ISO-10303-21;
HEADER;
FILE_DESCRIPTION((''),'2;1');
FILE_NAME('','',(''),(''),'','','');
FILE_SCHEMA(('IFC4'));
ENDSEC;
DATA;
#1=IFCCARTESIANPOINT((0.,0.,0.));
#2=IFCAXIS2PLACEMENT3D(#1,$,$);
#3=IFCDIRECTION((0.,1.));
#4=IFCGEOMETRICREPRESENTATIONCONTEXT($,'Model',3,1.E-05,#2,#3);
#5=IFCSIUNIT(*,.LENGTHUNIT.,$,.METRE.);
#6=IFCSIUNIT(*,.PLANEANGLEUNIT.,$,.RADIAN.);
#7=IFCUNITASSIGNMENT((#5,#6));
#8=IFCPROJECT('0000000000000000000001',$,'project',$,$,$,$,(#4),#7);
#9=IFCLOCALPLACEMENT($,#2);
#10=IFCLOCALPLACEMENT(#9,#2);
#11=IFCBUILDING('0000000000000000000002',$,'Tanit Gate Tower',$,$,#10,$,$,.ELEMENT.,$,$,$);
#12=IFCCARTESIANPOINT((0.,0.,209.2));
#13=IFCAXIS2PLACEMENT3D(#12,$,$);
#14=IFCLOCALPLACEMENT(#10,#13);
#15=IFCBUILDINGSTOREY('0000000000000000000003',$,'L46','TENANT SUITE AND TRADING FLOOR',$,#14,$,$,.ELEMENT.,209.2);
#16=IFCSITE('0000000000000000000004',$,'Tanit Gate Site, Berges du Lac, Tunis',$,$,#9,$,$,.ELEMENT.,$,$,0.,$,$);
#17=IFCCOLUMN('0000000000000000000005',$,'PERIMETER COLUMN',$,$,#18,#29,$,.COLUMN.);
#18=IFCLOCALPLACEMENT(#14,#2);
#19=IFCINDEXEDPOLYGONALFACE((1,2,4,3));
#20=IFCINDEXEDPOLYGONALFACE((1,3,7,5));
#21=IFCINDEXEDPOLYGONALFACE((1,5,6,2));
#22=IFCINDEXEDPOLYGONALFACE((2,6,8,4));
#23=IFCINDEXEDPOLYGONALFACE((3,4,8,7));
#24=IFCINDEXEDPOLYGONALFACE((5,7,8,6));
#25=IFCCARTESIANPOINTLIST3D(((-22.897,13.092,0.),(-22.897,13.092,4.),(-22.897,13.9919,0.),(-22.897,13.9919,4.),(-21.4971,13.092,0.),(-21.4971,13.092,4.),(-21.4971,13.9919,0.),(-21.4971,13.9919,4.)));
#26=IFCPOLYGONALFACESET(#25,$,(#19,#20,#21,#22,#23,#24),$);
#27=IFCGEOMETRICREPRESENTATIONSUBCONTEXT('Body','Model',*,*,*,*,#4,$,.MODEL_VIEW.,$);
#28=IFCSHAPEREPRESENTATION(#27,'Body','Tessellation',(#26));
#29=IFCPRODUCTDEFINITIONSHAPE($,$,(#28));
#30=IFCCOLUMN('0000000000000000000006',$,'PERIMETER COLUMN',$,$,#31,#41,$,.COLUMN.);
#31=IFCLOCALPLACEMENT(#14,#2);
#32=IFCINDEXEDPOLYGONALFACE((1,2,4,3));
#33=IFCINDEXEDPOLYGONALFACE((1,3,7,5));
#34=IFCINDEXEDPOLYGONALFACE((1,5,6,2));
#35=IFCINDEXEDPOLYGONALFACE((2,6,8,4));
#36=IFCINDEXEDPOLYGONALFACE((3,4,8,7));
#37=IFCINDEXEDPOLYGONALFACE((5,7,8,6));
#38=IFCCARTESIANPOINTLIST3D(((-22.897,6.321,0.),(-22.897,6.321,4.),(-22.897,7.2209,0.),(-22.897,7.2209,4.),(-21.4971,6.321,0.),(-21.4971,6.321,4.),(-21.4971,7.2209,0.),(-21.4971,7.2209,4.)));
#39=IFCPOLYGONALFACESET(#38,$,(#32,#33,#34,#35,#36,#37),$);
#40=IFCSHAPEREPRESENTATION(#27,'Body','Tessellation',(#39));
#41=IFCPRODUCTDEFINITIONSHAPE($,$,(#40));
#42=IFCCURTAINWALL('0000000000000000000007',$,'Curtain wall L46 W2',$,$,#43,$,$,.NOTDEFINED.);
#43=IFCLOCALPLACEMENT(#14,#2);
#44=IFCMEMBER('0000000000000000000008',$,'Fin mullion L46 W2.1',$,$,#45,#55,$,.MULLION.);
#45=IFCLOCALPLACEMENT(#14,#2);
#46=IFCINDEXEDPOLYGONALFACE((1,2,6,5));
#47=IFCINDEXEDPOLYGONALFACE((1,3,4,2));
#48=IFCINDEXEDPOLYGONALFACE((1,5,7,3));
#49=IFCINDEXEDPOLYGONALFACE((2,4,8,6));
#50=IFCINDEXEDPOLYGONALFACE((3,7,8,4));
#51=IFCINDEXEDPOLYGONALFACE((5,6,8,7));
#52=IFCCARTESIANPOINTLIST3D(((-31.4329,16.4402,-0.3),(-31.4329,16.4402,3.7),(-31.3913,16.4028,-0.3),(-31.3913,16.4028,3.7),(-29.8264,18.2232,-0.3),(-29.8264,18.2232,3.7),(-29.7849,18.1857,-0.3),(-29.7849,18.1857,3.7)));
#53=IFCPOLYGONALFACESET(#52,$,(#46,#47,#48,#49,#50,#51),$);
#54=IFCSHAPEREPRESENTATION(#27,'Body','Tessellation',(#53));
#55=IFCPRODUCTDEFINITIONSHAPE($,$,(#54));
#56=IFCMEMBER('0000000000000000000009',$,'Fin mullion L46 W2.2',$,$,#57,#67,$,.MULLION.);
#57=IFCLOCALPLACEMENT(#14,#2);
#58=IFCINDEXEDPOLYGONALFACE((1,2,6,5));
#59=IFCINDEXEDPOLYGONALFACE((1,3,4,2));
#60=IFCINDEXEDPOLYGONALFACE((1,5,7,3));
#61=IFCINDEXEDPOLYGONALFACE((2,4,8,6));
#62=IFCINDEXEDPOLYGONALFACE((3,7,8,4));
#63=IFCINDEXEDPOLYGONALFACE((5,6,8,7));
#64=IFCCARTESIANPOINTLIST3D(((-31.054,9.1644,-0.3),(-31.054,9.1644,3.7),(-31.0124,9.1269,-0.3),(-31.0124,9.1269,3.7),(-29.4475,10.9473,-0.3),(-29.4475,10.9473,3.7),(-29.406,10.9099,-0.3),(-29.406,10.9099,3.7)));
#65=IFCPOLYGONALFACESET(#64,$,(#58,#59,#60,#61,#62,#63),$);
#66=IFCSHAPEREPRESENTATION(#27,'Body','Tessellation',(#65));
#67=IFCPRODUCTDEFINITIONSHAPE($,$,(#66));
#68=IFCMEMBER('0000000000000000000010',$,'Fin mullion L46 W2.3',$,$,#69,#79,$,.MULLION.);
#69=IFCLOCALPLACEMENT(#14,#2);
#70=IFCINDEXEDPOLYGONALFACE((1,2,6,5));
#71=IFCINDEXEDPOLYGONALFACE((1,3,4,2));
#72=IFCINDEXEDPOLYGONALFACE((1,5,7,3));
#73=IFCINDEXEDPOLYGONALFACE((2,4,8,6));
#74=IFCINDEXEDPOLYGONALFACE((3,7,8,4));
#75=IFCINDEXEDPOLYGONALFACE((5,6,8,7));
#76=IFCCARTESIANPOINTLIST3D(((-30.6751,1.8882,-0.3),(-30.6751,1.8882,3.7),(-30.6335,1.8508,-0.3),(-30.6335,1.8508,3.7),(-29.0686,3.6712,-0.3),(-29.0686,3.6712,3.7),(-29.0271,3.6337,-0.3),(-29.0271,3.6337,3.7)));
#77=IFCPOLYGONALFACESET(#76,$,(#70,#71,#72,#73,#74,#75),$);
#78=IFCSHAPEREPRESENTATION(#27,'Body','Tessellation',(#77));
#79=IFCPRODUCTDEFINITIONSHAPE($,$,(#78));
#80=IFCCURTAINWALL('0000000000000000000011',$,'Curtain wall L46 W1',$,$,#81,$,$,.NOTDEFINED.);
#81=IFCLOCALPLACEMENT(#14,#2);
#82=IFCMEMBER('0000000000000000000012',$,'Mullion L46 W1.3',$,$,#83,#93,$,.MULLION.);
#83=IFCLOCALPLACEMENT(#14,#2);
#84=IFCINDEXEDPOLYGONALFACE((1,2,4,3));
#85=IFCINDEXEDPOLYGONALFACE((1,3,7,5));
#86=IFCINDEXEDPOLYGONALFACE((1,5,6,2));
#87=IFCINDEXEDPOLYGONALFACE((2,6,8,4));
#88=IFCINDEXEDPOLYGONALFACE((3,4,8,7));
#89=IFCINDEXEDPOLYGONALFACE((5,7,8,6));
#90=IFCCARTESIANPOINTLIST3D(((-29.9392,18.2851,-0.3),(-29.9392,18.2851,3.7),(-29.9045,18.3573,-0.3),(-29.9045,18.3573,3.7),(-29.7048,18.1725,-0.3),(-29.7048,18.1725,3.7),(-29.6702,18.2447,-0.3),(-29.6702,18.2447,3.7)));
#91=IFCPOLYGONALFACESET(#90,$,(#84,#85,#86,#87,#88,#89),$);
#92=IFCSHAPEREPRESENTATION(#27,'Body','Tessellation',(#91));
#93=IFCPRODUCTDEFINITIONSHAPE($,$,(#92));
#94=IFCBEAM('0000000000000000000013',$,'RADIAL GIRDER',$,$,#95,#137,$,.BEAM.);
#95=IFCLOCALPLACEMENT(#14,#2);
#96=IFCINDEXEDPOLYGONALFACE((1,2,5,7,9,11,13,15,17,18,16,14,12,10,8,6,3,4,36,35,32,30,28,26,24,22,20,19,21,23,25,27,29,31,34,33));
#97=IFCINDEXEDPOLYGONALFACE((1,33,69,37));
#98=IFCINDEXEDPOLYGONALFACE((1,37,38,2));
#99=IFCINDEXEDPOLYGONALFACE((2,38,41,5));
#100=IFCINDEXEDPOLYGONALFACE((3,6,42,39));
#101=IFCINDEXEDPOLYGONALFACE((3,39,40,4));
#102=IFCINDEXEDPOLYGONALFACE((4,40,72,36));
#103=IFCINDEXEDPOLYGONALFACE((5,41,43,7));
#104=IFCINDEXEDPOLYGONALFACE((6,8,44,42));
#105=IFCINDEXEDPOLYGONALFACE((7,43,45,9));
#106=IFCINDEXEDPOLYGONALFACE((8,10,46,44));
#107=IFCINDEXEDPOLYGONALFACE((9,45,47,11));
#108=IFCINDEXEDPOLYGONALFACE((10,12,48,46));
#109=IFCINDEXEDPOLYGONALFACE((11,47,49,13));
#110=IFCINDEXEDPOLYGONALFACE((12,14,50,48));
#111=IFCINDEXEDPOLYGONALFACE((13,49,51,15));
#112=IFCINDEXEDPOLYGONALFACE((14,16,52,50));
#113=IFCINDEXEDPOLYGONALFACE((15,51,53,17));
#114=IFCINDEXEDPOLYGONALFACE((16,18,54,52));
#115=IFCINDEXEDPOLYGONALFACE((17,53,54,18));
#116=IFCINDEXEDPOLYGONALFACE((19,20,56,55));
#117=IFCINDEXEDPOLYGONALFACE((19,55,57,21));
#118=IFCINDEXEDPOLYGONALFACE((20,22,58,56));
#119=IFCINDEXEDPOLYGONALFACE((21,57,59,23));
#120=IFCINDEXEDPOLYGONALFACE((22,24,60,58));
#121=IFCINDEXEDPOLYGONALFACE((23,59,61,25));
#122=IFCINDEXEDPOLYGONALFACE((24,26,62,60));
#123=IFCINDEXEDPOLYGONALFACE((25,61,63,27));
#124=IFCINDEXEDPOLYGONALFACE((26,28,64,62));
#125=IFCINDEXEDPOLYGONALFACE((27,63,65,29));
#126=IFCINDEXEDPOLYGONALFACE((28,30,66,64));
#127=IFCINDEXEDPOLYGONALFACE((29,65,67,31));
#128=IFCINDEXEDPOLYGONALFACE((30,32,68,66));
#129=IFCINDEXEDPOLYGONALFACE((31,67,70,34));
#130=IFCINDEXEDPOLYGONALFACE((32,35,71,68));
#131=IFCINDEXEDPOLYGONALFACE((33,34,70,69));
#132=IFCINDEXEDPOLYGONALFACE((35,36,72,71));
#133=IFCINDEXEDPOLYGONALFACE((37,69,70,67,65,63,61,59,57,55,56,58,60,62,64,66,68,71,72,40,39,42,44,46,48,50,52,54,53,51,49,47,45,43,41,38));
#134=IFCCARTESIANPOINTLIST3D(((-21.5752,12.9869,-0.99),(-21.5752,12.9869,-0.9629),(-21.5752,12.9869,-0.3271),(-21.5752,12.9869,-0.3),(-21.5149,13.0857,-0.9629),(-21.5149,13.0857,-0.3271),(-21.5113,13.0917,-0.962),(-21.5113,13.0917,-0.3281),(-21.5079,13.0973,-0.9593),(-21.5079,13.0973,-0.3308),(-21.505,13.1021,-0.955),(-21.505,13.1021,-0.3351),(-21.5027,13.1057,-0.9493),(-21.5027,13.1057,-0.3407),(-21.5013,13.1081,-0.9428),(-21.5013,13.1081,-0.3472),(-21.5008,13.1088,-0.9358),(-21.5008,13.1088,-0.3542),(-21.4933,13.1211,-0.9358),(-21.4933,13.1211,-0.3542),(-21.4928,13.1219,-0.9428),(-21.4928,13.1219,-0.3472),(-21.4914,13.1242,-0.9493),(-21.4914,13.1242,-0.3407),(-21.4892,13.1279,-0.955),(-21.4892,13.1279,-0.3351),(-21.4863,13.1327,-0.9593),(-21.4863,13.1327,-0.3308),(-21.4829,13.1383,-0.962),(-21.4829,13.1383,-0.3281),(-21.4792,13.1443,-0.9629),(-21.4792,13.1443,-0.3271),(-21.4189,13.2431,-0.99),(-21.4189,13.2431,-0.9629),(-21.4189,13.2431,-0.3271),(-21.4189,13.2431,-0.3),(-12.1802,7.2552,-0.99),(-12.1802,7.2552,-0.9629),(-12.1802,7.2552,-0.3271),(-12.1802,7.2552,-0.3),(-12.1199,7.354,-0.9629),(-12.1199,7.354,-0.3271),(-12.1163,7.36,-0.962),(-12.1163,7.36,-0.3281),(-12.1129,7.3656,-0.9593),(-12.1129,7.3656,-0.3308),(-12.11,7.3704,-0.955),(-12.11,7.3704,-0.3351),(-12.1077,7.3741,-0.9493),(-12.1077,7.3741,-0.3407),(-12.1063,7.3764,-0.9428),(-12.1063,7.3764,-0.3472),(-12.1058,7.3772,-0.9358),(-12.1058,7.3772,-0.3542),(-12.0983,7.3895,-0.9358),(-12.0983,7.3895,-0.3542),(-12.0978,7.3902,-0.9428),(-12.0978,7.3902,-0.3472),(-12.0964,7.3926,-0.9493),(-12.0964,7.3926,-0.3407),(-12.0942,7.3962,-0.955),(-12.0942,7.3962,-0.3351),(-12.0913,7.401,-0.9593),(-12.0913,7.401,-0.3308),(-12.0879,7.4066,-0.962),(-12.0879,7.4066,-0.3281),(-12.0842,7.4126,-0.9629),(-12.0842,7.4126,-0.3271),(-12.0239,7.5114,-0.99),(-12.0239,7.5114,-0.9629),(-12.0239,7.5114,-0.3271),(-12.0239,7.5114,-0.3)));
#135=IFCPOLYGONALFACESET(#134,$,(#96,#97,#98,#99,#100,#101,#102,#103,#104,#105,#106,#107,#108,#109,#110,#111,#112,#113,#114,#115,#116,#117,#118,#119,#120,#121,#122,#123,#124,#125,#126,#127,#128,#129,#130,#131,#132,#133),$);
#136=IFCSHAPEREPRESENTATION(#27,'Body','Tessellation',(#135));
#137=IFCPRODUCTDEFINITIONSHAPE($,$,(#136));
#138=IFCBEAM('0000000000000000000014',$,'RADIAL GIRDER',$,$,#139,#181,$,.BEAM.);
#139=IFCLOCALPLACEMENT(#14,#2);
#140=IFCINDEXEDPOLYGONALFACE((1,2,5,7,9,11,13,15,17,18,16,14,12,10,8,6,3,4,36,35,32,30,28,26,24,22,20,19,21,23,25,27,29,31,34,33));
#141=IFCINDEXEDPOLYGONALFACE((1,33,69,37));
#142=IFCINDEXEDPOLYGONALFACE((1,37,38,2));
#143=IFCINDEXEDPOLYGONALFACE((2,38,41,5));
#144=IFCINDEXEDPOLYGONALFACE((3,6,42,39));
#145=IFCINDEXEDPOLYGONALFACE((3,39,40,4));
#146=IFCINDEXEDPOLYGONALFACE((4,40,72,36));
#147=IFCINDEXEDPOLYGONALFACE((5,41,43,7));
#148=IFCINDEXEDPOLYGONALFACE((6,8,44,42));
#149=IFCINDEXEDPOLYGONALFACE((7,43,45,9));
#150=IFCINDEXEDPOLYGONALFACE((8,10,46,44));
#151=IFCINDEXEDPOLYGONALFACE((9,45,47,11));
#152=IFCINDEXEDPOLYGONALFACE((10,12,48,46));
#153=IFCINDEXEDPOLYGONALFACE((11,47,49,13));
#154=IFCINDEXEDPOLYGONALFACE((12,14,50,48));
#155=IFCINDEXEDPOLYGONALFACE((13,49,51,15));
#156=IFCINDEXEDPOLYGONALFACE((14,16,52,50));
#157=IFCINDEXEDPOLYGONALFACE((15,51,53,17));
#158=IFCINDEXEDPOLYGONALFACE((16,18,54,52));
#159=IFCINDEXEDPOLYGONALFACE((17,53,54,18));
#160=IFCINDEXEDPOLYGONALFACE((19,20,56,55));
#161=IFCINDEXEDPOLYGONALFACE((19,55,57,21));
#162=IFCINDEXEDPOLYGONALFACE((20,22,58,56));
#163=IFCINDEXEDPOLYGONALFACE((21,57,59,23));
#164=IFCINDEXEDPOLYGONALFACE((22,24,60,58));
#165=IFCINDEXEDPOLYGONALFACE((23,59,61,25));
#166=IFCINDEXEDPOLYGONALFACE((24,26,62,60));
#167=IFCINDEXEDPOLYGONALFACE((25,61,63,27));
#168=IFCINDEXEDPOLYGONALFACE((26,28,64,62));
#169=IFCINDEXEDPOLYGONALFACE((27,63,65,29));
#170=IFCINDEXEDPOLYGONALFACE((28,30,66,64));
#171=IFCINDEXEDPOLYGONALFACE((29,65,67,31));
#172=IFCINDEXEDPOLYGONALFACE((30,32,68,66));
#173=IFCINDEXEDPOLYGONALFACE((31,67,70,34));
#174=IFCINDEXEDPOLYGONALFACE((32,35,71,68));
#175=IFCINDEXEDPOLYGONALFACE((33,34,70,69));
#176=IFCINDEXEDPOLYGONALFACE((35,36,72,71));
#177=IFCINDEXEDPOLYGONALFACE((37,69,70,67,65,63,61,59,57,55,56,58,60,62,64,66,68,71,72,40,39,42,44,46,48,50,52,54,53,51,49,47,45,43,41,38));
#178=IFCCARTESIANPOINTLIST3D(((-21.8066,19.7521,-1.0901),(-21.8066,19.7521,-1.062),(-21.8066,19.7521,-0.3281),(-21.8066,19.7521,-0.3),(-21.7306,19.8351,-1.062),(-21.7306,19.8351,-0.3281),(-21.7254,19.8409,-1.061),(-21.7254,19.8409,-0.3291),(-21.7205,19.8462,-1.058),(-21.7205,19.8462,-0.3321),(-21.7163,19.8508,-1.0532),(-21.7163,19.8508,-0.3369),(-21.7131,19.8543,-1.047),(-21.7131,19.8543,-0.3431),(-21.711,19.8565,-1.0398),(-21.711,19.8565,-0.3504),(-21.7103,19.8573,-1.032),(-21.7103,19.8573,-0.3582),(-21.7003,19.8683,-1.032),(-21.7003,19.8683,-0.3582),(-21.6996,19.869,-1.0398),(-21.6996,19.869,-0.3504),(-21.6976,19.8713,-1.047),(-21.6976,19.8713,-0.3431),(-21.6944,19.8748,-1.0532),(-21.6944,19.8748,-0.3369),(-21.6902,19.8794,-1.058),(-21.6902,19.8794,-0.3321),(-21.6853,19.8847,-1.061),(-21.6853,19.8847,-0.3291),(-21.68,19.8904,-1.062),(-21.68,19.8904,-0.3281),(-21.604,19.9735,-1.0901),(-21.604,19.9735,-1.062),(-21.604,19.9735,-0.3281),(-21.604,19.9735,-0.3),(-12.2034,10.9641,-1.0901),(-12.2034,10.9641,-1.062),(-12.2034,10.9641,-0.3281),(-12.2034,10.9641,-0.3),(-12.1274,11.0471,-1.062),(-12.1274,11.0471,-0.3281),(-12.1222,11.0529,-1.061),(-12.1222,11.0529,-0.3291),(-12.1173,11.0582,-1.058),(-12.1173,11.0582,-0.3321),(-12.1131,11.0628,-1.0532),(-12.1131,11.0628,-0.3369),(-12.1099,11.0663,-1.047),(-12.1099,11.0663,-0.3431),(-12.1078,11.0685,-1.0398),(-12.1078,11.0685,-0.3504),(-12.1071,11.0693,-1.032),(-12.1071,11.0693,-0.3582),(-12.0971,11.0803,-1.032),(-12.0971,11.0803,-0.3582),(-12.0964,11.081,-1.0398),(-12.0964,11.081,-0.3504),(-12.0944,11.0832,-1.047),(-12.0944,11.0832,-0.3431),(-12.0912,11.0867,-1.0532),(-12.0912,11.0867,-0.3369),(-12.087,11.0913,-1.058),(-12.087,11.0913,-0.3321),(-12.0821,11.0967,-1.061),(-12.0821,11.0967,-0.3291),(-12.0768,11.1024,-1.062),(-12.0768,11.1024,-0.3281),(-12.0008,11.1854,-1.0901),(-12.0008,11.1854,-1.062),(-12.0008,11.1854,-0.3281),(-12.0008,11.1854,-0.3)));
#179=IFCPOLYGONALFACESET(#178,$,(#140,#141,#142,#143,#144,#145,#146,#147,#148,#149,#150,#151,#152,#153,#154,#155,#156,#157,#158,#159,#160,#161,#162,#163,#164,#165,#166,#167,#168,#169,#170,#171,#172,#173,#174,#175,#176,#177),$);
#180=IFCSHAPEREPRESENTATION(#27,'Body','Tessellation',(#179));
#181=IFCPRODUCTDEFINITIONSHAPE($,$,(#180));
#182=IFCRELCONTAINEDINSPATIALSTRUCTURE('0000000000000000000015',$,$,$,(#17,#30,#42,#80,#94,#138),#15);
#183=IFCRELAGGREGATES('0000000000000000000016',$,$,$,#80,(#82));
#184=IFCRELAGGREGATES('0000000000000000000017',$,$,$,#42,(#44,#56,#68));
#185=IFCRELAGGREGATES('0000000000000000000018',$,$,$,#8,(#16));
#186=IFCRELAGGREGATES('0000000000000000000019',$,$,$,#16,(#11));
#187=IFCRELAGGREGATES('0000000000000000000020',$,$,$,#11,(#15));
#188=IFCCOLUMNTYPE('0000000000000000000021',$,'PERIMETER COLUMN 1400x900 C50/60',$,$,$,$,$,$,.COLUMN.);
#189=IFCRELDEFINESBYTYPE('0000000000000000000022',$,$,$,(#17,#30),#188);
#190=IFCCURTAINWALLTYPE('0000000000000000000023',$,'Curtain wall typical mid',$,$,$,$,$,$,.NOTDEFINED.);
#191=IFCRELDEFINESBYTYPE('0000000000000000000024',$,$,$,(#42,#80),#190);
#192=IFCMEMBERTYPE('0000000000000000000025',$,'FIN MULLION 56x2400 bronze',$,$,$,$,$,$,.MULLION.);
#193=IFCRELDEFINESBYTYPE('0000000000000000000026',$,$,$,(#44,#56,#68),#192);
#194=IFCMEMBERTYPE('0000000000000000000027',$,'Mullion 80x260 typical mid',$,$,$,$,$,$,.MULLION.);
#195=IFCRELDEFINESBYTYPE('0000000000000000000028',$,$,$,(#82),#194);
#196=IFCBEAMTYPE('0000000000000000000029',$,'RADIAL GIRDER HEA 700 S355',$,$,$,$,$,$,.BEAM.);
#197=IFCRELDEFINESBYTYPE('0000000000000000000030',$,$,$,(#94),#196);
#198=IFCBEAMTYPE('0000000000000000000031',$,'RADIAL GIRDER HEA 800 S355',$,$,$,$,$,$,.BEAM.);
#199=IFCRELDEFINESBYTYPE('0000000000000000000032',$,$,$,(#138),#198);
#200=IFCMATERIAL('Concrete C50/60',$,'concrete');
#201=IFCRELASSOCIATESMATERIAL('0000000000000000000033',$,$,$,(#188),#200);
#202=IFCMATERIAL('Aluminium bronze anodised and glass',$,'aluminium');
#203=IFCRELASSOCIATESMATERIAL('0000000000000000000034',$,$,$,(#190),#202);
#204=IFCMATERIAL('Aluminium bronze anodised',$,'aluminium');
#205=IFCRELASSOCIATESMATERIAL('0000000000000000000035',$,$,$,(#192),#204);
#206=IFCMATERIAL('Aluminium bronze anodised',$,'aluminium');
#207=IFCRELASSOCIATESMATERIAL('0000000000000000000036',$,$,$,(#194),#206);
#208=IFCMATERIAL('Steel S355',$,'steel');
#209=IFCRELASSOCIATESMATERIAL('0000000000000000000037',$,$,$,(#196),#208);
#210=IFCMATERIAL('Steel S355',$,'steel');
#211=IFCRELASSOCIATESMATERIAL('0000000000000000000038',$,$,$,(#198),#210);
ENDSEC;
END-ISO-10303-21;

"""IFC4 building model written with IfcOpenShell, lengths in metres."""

from ifc_helpers import new_model, si_unit, direction, frame, origin, origin_2d, place, context, subcontext, project, spatial, rectangle, i_section, extrude, material, material_profile, profile_set, type_object, element, aggregate, save


model = new_model("IFC4")

# Units and contexts
model_context = context("Model", 3, precision=1e-05, world=origin(), true_north=direction((0.0, 1.0)))
body_context = subcontext(model_context, "Body", "Model", "MODEL_VIEW")
ifc_project = project(units=[si_unit("LENGTHUNIT", "METRE"), si_unit("PLANEANGLEUNIT", "RADIAN")], contexts=[model_context])

# Site, building, storey
site_placement = place(None, origin())
site = spatial("IfcSite", under=ifc_project, at=site_placement, Name="Tanit Gate Site, Berges du Lac, Tunis", CompositionType="ELEMENT", RefElevation=0.0)
building_placement = place(site_placement, origin())
building = spatial("IfcBuilding", under=site, at=building_placement, Name="Tanit Gate Tower", CompositionType="ELEMENT")
storey_placement = place(building_placement, frame((0.0, 0.0, 209.2)))
storey = spatial("IfcBuildingStorey", under=building, at=storey_placement, Name="L46", Description="TENANT SUITE AND TRADING FLOOR", CompositionType="ELEMENT", Elevation=209.2)

# Columns
ifc_material_1 = material(Name="Concrete C50/60", Category="concrete")
ifc_material_profile_1 = material_profile(ifc_material_1, rectangle(XDim=1.3999, YDim=0.8999, at=origin_2d()), Name="RC 1400x900")
ifc_profile_set_1 = profile_set([ifc_material_profile_1], Name="Concrete C50/60")
column_type = type_object("IfcColumnType", Name="PERIMETER COLUMN 1400x900 C50/60", PredefinedType="COLUMN", material=ifc_profile_set_1)
for number, where, z_axis, x_axis, name in (
    (1, (-22.197, 13.542, 0.0), (0.0, 0.0, 1.0), (-1.0, 0.0, 0.0), "PERIMETER COLUMN"),
    (2, (-22.197, 6.771, 0.0), (0.0, 0.0, 1.0), (-1.0, 0.0, 0.0), "PERIMETER COLUMN"),
):
    element("IfcColumn", number, at=place(storey_placement, frame(where, z_axis=z_axis, x_axis=x_axis)), inside=storey, type_object=column_type, Name=name, PredefinedType="COLUMN", context=body_context, shape_type="SweptSolid", body=[
        extrude(rectangle(XDim=1.3999, YDim=0.8999, at=origin_2d()), origin(), (0.0, 0.0, 1.0), 4.0),
    ])

# Curtain wall, members
ifc_material_2 = material(Name="Aluminium bronze anodised and glass", Category="aluminium")
curtain_wall_type = type_object("IfcCurtainWallType", Name="Curtain wall typical mid", PredefinedType="NOTDEFINED", material=ifc_material_2)
curtain_wall_1_placement = place(storey_placement, origin())
curtain_wall_1 = element("IfcCurtainWall", 3, at=curtain_wall_1_placement, inside=storey, type_object=curtain_wall_type, Name="Curtain wall L46 W2", PredefinedType="NOTDEFINED")
ifc_material_3 = material(Name="Aluminium bronze anodised", Category="aluminium")
ifc_material_profile_2 = material_profile(ifc_material_3, rectangle(XDim=2.3999, YDim=0.0559, at=origin_2d()), Name="56x2400 bronze fin mullion")
ifc_profile_set_2 = profile_set([ifc_material_profile_2], Name="Aluminium bronze anodised")
member_type_1 = type_object("IfcMemberType", Name="FIN MULLION 56x2400 bronze", PredefinedType="MULLION", material=ifc_profile_set_2)
member_1_placement = place(storey_placement, frame((-30.6089, 17.313, -0.3), z_axis=(0.0, 0.0, 1.0), x_axis=(0.669378, 0.742922, 0.0)))
member_1 = element("IfcMember", 4, at=member_1_placement, type_object=member_type_1, Name="Fin mullion L46 W2.1", PredefinedType="MULLION", context=body_context, shape_type="SweptSolid", body=[
    extrude(rectangle(XDim=2.3999, YDim=0.0559, at=origin_2d()), origin(), (0.0, 0.0, 1.0), 4.0),
])
member_2_placement = place(storey_placement, frame((-30.23, 10.0371, -0.3), z_axis=(0.0, 0.0, 1.0), x_axis=(0.669378, 0.742922, 0.0)))
member_2 = element("IfcMember", 5, at=member_2_placement, type_object=member_type_1, Name="Fin mullion L46 W2.2", PredefinedType="MULLION", context=body_context, shape_type="SweptSolid", body=[
    extrude(rectangle(XDim=2.3999, YDim=0.0559, at=origin_2d()), origin(), (0.0, 0.0, 1.0), 4.0),
])
member_3_placement = place(storey_placement, frame((-29.8511, 2.761, -0.3), z_axis=(0.0, 0.0, 1.0), x_axis=(0.669378, 0.742922, 0.0)))
member_3 = element("IfcMember", 6, at=member_3_placement, type_object=member_type_1, Name="Fin mullion L46 W2.3", PredefinedType="MULLION", context=body_context, shape_type="SweptSolid", body=[
    extrude(rectangle(XDim=2.3999, YDim=0.0559, at=origin_2d()), origin(), (0.0, 0.0, 1.0), 4.0),
])

# Curtain wall, member
curtain_wall_2_placement = place(storey_placement, origin())
curtain_wall_2 = element("IfcCurtainWall", 7, at=curtain_wall_2_placement, inside=storey, type_object=curtain_wall_type, Name="Curtain wall L46 W1", PredefinedType="NOTDEFINED")
ifc_material_4 = material(Name="Aluminium bronze anodised", Category="aluminium")
ifc_material_profile_3 = material_profile(ifc_material_4, rectangle(XDim=0.26, YDim=0.0801, at=origin_2d()), Name="80x260 bronze mullion")
ifc_profile_set_3 = profile_set([ifc_material_profile_3], Name="Aluminium bronze anodised")
member_type_2 = type_object("IfcMemberType", Name="Mullion 80x260 typical mid", PredefinedType="MULLION", material=ifc_profile_set_3)
member_4_placement = place(storey_placement, frame((-29.8047, 18.2649, -0.3), z_axis=(0.0, 0.0, 1.0), x_axis=(0.901367, -0.433057, 0.0)))
member_4 = element("IfcMember", 8, at=member_4_placement, type_object=member_type_2, Name="Mullion L46 W1.3", PredefinedType="MULLION", context=body_context, shape_type="SweptSolid", body=[
    extrude(rectangle(XDim=0.26, YDim=0.0801, at=origin_2d()), origin(), (0.0, 0.0, 1.0), 4.0),
])
aggregate(curtain_wall_2, [member_4])

# Beams
ifc_material_5 = material(Name="Steel S355", Category="steel")
ifc_material_profile_4 = material_profile(ifc_material_5, i_section(OverallWidth=0.3, OverallDepth=0.6899, WebThickness=0.0144, FlangeThickness=0.0271, FilletRadius=0.0271, at=origin_2d()), Name="HEA 700")
ifc_profile_set_4 = profile_set([ifc_material_profile_4], Name="Steel S355")
beam_type_1 = type_object("IfcBeamType", Name="RADIAL GIRDER HEA 700 S355", PredefinedType="BEAM", material=ifc_profile_set_4)
beam_1_placement = place(storey_placement, frame((-21.4971, 13.115, -0.645), z_axis=(0.853674, -0.520807, 0.0), x_axis=(0.520807, 0.853674, 0.0)))
element("IfcBeam", 9, at=beam_1_placement, inside=storey, type_object=beam_type_1, Name="RADIAL GIRDER", PredefinedType="BEAM", context=body_context, shape_type="SweptSolid", body=[
    extrude(i_section(OverallWidth=0.3, OverallDepth=0.6899, WebThickness=0.0144, FlangeThickness=0.0271, FilletRadius=0.0271, at=origin_2d()), origin(), (0.0, 0.0, 1.0), 11.0054),
])
ifc_material_6 = material(Name="Steel S355", Category="steel")
ifc_material_profile_5 = material_profile(ifc_material_6, i_section(OverallWidth=0.3, OverallDepth=0.79, WebThickness=0.0149, FlangeThickness=0.0281, FilletRadius=0.03, at=origin_2d()), Name="HEA 800")
ifc_profile_set_5 = profile_set([ifc_material_profile_5], Name="Steel S355")
beam_type_2 = type_object("IfcBeamType", Name="RADIAL GIRDER HEA 800 S355", PredefinedType="BEAM", material=ifc_profile_set_5)
beam_2_placement = place(storey_placement, frame((-21.7053, 19.8628, -0.6951), z_axis=(0.737725, -0.675102, 0.0), x_axis=(0.675102, 0.737725, 0.0)))
element("IfcBeam", 10, at=beam_2_placement, inside=storey, type_object=beam_type_2, Name="RADIAL GIRDER", PredefinedType="BEAM", context=body_context, shape_type="SweptSolid", body=[
    extrude(i_section(OverallWidth=0.3, OverallDepth=0.79, WebThickness=0.0149, FlangeThickness=0.0281, FilletRadius=0.03, at=origin_2d()), origin(), (0.0, 0.0, 1.0), 13.0173),
])

aggregate(curtain_wall_1, [member_1, member_2, member_3])

save(model, "model.ifc")
